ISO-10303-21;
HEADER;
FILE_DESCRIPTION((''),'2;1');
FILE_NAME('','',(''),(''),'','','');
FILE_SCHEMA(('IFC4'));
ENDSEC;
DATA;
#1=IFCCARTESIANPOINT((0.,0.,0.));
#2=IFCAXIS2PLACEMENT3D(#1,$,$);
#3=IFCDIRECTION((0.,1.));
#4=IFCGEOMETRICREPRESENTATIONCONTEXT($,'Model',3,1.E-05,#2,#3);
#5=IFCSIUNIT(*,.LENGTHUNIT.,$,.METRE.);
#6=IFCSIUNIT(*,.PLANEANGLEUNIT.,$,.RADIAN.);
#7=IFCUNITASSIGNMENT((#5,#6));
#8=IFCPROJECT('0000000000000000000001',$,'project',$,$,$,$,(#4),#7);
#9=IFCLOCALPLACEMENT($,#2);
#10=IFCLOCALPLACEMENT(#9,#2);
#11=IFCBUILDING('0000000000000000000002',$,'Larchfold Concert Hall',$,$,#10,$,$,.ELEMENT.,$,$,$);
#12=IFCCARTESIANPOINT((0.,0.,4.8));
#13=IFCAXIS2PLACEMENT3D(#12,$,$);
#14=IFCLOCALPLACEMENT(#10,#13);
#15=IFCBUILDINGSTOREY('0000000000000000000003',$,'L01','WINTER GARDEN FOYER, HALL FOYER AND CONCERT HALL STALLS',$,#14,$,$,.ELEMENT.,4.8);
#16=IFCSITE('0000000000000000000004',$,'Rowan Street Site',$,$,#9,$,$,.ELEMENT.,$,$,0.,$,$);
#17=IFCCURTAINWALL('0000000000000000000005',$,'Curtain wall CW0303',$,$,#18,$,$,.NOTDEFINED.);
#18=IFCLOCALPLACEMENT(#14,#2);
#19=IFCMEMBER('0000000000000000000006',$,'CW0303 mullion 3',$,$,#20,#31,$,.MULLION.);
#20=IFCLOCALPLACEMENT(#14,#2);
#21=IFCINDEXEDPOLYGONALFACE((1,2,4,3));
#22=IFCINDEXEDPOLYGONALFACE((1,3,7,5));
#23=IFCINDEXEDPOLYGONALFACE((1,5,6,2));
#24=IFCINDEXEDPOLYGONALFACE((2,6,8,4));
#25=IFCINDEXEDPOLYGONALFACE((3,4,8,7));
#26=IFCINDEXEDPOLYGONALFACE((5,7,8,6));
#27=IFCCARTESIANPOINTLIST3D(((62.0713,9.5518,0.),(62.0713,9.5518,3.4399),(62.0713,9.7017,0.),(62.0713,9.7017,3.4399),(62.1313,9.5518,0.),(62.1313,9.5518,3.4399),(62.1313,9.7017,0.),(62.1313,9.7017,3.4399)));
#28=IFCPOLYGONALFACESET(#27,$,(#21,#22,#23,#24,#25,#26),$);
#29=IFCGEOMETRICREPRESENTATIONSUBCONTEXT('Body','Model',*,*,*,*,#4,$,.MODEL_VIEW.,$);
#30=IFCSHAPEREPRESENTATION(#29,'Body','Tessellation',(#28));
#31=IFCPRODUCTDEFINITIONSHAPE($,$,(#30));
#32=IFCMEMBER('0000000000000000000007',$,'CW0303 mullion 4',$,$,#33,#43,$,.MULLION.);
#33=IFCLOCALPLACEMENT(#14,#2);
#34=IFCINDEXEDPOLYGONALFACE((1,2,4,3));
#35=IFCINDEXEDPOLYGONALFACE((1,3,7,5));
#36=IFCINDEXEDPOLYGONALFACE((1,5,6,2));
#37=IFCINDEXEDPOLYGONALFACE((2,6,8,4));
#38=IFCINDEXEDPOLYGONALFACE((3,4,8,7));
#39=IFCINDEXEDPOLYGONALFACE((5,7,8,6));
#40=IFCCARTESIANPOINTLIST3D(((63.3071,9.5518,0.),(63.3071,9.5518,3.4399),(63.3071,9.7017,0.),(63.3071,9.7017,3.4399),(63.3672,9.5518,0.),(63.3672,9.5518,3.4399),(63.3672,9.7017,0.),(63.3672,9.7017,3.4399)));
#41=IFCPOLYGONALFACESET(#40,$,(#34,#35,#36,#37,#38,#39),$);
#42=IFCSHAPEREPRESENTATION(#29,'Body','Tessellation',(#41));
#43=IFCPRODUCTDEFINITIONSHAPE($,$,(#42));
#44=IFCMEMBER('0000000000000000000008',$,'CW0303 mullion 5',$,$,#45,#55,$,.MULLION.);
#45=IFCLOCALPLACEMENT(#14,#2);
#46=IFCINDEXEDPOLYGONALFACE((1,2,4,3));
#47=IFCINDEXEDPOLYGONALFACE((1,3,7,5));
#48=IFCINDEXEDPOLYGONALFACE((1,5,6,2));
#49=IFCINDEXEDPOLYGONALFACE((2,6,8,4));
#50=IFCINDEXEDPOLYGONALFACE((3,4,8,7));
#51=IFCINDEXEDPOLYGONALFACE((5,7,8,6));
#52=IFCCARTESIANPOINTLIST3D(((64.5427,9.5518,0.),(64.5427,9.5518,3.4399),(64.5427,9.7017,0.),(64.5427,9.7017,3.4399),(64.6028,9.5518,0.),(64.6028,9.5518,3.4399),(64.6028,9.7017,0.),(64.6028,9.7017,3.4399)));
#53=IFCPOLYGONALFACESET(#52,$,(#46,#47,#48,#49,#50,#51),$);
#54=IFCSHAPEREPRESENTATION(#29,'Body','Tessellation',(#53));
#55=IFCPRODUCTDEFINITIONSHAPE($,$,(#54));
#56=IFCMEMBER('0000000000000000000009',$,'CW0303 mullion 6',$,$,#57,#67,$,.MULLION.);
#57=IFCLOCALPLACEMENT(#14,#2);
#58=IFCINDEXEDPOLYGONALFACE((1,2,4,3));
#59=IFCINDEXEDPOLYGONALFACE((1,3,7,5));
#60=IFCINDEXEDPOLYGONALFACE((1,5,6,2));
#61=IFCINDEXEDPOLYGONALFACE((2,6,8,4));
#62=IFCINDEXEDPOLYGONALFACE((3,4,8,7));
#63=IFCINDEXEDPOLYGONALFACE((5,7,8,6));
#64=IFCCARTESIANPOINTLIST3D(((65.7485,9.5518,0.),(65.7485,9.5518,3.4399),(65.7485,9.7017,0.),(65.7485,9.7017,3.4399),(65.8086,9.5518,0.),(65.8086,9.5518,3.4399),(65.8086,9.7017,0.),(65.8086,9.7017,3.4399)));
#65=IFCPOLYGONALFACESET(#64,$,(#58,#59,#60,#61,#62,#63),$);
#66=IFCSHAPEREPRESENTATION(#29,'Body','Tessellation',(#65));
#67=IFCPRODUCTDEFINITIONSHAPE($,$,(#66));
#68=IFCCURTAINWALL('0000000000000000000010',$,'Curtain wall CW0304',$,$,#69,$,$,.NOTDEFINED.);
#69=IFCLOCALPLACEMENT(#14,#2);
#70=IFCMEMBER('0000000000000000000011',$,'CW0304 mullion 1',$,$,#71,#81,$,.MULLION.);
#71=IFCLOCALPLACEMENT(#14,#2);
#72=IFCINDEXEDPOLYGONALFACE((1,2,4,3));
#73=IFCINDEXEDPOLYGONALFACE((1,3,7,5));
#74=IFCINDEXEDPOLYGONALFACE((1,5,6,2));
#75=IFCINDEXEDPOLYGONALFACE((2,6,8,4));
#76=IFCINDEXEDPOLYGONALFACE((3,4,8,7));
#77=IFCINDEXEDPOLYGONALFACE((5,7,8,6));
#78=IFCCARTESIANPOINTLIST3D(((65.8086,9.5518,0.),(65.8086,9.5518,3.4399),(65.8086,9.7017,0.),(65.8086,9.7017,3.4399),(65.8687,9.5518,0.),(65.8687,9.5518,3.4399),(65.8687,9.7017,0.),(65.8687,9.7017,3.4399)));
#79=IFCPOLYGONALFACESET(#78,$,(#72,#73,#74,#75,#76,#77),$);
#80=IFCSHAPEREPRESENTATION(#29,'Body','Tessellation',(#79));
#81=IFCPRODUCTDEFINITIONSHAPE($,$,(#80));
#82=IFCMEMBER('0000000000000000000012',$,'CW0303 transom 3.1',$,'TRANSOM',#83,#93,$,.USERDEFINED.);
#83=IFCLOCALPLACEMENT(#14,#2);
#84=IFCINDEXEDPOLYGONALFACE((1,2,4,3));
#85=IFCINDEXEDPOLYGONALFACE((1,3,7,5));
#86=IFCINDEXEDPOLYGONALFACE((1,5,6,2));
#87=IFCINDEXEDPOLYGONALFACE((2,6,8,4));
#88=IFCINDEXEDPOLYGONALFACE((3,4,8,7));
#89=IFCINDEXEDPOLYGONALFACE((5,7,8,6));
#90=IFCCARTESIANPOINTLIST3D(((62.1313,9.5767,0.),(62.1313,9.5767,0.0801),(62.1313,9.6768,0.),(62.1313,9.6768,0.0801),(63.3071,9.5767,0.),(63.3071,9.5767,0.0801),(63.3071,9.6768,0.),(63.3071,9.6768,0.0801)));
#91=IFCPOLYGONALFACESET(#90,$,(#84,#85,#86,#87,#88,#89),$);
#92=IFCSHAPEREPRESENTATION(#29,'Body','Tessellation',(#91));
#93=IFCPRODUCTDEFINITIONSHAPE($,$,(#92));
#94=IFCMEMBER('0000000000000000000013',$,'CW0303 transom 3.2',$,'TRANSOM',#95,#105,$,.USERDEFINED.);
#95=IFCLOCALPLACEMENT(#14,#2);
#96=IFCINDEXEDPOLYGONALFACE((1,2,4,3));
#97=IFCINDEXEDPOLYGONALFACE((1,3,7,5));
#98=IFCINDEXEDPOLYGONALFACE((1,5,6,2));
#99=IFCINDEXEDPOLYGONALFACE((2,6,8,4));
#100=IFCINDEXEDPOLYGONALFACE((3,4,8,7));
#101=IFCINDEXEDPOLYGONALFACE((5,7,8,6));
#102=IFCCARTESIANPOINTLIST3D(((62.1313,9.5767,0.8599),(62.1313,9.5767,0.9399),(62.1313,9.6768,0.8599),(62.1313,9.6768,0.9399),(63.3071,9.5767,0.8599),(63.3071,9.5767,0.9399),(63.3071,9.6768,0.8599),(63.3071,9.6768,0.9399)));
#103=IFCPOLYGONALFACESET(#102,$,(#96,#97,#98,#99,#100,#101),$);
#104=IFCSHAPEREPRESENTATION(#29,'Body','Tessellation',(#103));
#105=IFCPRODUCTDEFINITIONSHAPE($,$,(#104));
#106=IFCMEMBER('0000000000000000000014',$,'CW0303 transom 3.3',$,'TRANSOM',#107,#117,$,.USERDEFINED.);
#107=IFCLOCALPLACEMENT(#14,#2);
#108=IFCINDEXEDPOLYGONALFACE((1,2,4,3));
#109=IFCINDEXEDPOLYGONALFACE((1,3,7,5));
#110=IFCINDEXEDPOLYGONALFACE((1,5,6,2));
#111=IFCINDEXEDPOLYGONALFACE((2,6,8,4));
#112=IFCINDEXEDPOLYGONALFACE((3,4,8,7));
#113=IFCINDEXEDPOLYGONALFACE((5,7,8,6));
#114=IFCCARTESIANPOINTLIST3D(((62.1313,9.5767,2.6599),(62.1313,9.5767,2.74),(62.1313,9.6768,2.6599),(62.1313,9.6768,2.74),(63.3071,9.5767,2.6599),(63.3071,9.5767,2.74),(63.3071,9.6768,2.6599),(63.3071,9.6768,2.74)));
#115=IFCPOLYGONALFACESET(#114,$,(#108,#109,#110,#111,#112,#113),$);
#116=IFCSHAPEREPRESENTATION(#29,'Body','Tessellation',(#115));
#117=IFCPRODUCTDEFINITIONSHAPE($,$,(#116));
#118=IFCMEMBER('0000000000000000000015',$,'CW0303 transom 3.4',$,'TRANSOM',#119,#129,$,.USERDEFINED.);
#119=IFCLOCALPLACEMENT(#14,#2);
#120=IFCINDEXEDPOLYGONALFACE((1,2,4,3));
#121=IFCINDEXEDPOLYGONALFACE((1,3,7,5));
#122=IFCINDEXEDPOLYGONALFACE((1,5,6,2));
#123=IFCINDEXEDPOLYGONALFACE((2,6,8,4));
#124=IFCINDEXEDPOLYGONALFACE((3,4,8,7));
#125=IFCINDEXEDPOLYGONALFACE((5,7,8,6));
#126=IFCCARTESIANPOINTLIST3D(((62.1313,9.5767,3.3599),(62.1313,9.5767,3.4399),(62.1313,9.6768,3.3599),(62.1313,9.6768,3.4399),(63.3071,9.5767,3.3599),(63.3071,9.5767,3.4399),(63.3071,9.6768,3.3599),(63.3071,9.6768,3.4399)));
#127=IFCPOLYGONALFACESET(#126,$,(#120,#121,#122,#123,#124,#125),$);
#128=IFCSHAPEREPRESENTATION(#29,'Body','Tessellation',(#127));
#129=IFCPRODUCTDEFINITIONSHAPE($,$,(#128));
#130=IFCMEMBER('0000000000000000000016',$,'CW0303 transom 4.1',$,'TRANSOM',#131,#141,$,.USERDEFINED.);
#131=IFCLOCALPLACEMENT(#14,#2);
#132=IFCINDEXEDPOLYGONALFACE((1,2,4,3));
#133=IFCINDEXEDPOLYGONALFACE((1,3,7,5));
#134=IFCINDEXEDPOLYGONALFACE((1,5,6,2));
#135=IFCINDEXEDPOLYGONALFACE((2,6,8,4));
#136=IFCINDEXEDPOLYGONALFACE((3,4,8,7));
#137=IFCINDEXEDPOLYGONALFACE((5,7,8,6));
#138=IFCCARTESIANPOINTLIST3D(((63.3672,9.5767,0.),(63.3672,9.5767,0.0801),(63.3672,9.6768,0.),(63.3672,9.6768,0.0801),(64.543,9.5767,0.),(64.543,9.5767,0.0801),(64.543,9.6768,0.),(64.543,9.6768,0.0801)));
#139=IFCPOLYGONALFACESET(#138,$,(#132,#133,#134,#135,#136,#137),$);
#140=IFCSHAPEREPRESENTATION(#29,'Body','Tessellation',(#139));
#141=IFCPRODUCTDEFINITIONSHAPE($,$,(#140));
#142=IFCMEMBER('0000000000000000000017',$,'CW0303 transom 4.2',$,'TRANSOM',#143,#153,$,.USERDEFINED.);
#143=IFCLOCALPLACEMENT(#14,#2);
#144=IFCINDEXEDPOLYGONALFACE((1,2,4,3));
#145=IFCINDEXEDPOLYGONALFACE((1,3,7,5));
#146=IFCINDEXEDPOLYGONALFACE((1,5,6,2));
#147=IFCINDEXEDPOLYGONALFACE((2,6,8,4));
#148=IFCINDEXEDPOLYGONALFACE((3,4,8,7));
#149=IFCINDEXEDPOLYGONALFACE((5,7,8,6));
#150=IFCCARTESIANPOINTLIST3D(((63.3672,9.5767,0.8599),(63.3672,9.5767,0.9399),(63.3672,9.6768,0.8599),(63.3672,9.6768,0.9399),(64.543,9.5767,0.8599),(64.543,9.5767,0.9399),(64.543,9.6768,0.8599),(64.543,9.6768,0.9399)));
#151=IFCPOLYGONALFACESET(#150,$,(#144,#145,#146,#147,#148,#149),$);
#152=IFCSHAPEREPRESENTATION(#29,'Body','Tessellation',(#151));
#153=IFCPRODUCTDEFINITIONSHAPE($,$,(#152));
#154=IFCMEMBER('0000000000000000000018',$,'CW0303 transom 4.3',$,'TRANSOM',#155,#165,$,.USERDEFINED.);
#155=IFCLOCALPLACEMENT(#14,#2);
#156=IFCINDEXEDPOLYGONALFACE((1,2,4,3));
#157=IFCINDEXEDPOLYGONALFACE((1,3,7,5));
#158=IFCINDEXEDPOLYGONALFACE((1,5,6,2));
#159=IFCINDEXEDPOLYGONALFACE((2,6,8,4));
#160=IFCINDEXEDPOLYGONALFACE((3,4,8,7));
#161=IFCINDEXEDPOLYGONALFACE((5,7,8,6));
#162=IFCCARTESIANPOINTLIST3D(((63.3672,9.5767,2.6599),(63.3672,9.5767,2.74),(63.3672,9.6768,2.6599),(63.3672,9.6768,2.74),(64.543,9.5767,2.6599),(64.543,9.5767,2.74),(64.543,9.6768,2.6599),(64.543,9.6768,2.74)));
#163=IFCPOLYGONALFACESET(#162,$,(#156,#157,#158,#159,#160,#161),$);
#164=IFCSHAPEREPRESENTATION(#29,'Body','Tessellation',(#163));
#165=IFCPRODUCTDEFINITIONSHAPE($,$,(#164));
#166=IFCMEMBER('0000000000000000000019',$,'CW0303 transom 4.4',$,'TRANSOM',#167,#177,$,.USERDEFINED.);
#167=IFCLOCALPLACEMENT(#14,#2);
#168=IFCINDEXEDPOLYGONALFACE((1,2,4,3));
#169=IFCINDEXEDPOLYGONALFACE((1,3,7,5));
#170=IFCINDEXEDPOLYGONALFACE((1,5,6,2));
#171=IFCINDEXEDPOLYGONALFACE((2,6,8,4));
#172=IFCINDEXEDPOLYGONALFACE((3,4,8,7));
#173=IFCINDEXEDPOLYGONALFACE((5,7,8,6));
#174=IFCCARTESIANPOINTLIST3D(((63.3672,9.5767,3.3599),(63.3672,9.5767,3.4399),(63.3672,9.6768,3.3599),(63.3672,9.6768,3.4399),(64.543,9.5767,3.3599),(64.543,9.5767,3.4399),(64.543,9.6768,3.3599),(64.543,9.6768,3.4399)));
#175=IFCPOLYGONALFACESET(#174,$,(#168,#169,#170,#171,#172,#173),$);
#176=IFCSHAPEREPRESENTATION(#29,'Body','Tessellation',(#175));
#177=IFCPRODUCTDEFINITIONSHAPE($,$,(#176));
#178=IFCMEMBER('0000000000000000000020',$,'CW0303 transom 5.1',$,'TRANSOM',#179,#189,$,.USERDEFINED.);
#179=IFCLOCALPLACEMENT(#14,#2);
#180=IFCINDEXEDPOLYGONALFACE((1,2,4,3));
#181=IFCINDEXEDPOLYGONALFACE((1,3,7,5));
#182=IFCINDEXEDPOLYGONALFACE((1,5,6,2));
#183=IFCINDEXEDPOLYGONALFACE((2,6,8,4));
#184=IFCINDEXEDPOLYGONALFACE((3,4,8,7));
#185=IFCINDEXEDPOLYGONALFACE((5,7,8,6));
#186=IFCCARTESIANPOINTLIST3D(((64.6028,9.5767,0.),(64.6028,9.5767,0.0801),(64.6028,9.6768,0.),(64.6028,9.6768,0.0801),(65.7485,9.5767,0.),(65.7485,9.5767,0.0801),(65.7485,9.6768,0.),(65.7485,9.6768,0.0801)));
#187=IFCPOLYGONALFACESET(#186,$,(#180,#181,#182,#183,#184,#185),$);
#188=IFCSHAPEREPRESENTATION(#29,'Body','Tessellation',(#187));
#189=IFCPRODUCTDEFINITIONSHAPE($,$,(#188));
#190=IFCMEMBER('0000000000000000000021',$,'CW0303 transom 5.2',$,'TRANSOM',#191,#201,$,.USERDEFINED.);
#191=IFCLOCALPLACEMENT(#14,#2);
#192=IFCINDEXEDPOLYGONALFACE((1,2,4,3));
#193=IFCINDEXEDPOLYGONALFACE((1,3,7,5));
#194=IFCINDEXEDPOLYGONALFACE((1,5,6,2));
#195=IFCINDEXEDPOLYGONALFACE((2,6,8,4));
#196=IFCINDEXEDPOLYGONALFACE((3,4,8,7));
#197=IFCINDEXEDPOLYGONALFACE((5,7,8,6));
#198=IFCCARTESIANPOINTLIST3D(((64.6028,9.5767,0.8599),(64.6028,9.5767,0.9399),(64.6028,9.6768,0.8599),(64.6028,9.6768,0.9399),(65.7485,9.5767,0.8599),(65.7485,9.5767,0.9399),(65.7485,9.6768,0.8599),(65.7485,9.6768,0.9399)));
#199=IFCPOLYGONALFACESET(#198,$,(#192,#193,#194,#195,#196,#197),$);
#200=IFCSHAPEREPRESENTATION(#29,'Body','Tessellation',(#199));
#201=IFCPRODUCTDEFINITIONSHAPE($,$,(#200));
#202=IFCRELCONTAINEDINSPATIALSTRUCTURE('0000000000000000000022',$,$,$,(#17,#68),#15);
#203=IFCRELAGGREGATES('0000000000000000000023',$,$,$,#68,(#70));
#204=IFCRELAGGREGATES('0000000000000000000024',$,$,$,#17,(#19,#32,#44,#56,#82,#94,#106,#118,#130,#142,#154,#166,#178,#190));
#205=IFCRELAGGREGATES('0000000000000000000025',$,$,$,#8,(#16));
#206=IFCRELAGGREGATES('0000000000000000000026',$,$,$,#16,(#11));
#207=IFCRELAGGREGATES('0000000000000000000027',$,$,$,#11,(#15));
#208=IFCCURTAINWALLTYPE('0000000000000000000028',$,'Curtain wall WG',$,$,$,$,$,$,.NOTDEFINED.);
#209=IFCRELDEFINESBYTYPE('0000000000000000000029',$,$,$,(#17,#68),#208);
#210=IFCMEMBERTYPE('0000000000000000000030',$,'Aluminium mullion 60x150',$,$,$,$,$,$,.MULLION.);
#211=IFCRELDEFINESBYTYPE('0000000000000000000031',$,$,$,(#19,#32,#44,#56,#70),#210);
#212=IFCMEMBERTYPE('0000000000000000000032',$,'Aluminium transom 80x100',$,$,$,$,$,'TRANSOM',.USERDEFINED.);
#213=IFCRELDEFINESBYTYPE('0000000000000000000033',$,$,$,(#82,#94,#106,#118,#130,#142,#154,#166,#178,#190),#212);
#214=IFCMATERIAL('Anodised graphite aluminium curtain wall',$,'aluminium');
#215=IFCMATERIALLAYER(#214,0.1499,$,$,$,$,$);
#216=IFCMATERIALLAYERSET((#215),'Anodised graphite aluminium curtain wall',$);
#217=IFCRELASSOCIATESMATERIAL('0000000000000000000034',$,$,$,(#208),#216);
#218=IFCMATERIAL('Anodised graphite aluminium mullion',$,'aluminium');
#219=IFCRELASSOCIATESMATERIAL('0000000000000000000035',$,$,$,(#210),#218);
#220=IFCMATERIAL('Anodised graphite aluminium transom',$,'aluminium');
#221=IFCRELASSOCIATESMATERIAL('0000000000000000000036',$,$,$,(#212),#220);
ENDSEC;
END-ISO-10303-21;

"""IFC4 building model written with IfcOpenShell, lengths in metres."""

from ifc_helpers import new_model, si_unit, direction, frame, origin, origin_2d, place, context, subcontext, project, spatial, rectangle, extrude, material, layer, layer_set, material_profile, profile_set, type_object, element, aggregate, save


model = new_model("IFC4")

# Units and contexts
model_context = context("Model", 3, precision=1e-05, world=origin(), true_north=direction((0.0, 1.0)))
body_context = subcontext(model_context, "Body", "Model", "MODEL_VIEW")
ifc_project = project(units=[si_unit("LENGTHUNIT", "METRE"), si_unit("PLANEANGLEUNIT", "RADIAN")], contexts=[model_context])

# Site, building, storey
site_placement = place(None, origin())
site = spatial("IfcSite", under=ifc_project, at=site_placement, Name="Rowan Street Site", CompositionType="ELEMENT", RefElevation=0.0)
building_placement = place(site_placement, origin())
building = spatial("IfcBuilding", under=site, at=building_placement, Name="Larchfold Concert Hall", CompositionType="ELEMENT")
storey_placement = place(building_placement, frame((0.0, 0.0, 4.8)))
storey = spatial("IfcBuildingStorey", under=building, at=storey_placement, Name="L01", Description="WINTER GARDEN FOYER, HALL FOYER AND CONCERT HALL STALLS", CompositionType="ELEMENT", Elevation=4.8)

# Curtain wall, members
ifc_material_1 = material(Name="Anodised graphite aluminium curtain wall", Category="aluminium")
ifc_layer_1 = layer(ifc_material_1, 0.1499)
ifc_layer_set_1 = layer_set([ifc_layer_1], Name="Anodised graphite aluminium curtain wall")
curtain_wall_type = type_object("IfcCurtainWallType", Name="Curtain wall WG", PredefinedType="NOTDEFINED", material=ifc_layer_set_1)
curtain_wall_1_placement = place(storey_placement, origin())
curtain_wall_1 = element("IfcCurtainWall", 1, at=curtain_wall_1_placement, inside=storey, type_object=curtain_wall_type, Name="Curtain wall CW0303", PredefinedType="NOTDEFINED")
ifc_material_2 = material(Name="Anodised graphite aluminium mullion", Category="aluminium")
ifc_material_profile_1 = material_profile(ifc_material_2, rectangle(XDim=0.1499, YDim=0.0601, at=origin_2d()))
ifc_profile_set_1 = profile_set([ifc_material_profile_1], Name="Anodised graphite aluminium mullion")
member_type_1 = type_object("IfcMemberType", Name="Aluminium mullion 60x150", PredefinedType="MULLION", material=ifc_profile_set_1)
member_1_placement = place(storey_placement, frame((62.1013, 9.6267, 0.0), z_axis=(0.0, 0.0, 1.0), x_axis=(0.0, 1.0, 0.0)))
member_1 = element("IfcMember", 2, at=member_1_placement, type_object=member_type_1, Name="CW0303 mullion 3", PredefinedType="MULLION", context=body_context, shape_type="SweptSolid", body=[
    extrude(rectangle(XDim=0.1499, YDim=0.0601, at=origin_2d()), origin(), (0.0, 0.0, 1.0), 3.4399),
])
member_2_placement = place(storey_placement, frame((63.3372, 9.6267, 0.0), z_axis=(0.0, 0.0, 1.0), x_axis=(0.0, 1.0, 0.0)))
member_2 = element("IfcMember", 3, at=member_2_placement, type_object=member_type_1, Name="CW0303 mullion 4", PredefinedType="MULLION", context=body_context, shape_type="SweptSolid", body=[
    extrude(rectangle(XDim=0.1499, YDim=0.0601, at=origin_2d()), origin(), (0.0, 0.0, 1.0), 3.4399),
])
member_3_placement = place(storey_placement, frame((64.5728, 9.6267, 0.0), z_axis=(0.0, 0.0, 1.0), x_axis=(0.0, 1.0, 0.0)))
member_3 = element("IfcMember", 4, at=member_3_placement, type_object=member_type_1, Name="CW0303 mullion 5", PredefinedType="MULLION", context=body_context, shape_type="SweptSolid", body=[
    extrude(rectangle(XDim=0.1499, YDim=0.0601, at=origin_2d()), origin(), (0.0, 0.0, 1.0), 3.4399),
])
member_4_placement = place(storey_placement, frame((65.7786, 9.6267, 0.0), z_axis=(0.0, 0.0, 1.0), x_axis=(0.0, 1.0, 0.0)))
member_4 = element("IfcMember", 5, at=member_4_placement, type_object=member_type_1, Name="CW0303 mullion 6", PredefinedType="MULLION", context=body_context, shape_type="SweptSolid", body=[
    extrude(rectangle(XDim=0.1499, YDim=0.0601, at=origin_2d()), origin(), (0.0, 0.0, 1.0), 3.4399),
])

# Curtain wall, member
curtain_wall_2_placement = place(storey_placement, origin())
curtain_wall_2 = element("IfcCurtainWall", 6, at=curtain_wall_2_placement, inside=storey, type_object=curtain_wall_type, Name="Curtain wall CW0304", PredefinedType="NOTDEFINED")
member_5_placement = place(storey_placement, frame((65.8386, 9.6267, 0.0), z_axis=(0.0, 0.0, 1.0), x_axis=(0.0, 1.0, 0.0)))
member_5 = element("IfcMember", 7, at=member_5_placement, type_object=member_type_1, Name="CW0304 mullion 1", PredefinedType="MULLION", context=body_context, shape_type="SweptSolid", body=[
    extrude(rectangle(XDim=0.1499, YDim=0.0601, at=origin_2d()), origin(), (0.0, 0.0, 1.0), 3.4399),
])

# Members
ifc_material_3 = material(Name="Anodised graphite aluminium transom", Category="aluminium")
ifc_material_profile_2 = material_profile(ifc_material_3, rectangle(XDim=0.1001, YDim=0.0801, at=origin_2d()))
ifc_profile_set_2 = profile_set([ifc_material_profile_2], Name="Anodised graphite aluminium transom")
member_type_2 = type_object("IfcMemberType", Name="Aluminium transom 80x100", ElementType="TRANSOM", PredefinedType="USERDEFINED", material=ifc_profile_set_2)
member_6_placement = place(storey_placement, frame((62.1313, 9.6267, 0.04), z_axis=(1.0, 0.0, 0.0), x_axis=(0.0, 1.0, 0.0)))
member_6 = element("IfcMember", 8, at=member_6_placement, type_object=member_type_2, Name="CW0303 transom 3.1", ObjectType="TRANSOM", PredefinedType="USERDEFINED", context=body_context, shape_type="SweptSolid", body=[
    extrude(rectangle(XDim=0.1001, YDim=0.0801, at=origin_2d()), origin(), (0.0, 0.0, 1.0), 1.1758),
])
member_7_placement = place(storey_placement, frame((62.1313, 9.6267, 0.8999), z_axis=(1.0, 0.0, 0.0), x_axis=(0.0, 1.0, 0.0)))
member_7 = element("IfcMember", 9, at=member_7_placement, type_object=member_type_2, Name="CW0303 transom 3.2", ObjectType="TRANSOM", PredefinedType="USERDEFINED", context=body_context, shape_type="SweptSolid", body=[
    extrude(rectangle(XDim=0.1001, YDim=0.0801, at=origin_2d()), origin(), (0.0, 0.0, 1.0), 1.1758),
])
member_8_placement = place(storey_placement, frame((62.1313, 9.6267, 2.7), z_axis=(1.0, 0.0, 0.0), x_axis=(0.0, 1.0, 0.0)))
member_8 = element("IfcMember", 10, at=member_8_placement, type_object=member_type_2, Name="CW0303 transom 3.3", ObjectType="TRANSOM", PredefinedType="USERDEFINED", context=body_context, shape_type="SweptSolid", body=[
    extrude(rectangle(XDim=0.1001, YDim=0.0801, at=origin_2d()), origin(), (0.0, 0.0, 1.0), 1.1758),
])
member_9_placement = place(storey_placement, frame((62.1313, 9.6267, 3.3999), z_axis=(1.0, 0.0, 0.0), x_axis=(0.0, 1.0, 0.0)))
member_9 = element("IfcMember", 11, at=member_9_placement, type_object=member_type_2, Name="CW0303 transom 3.4", ObjectType="TRANSOM", PredefinedType="USERDEFINED", context=body_context, shape_type="SweptSolid", body=[
    extrude(rectangle(XDim=0.1001, YDim=0.0801, at=origin_2d()), origin(), (0.0, 0.0, 1.0), 1.1758),
])
member_10_placement = place(storey_placement, frame((63.3672, 9.6267, 0.04), z_axis=(1.0, 0.0, 0.0), x_axis=(0.0, 1.0, 0.0)))
member_10 = element("IfcMember", 12, at=member_10_placement, type_object=member_type_2, Name="CW0303 transom 4.1", ObjectType="TRANSOM", PredefinedType="USERDEFINED", context=body_context, shape_type="SweptSolid", body=[
    extrude(rectangle(XDim=0.1001, YDim=0.0801, at=origin_2d()), origin(), (0.0, 0.0, 1.0), 1.1758),
])
member_11_placement = place(storey_placement, frame((63.3672, 9.6267, 0.8999), z_axis=(1.0, 0.0, 0.0), x_axis=(0.0, 1.0, 0.0)))
member_11 = element("IfcMember", 13, at=member_11_placement, type_object=member_type_2, Name="CW0303 transom 4.2", ObjectType="TRANSOM", PredefinedType="USERDEFINED", context=body_context, shape_type="SweptSolid", body=[
    extrude(rectangle(XDim=0.1001, YDim=0.0801, at=origin_2d()), origin(), (0.0, 0.0, 1.0), 1.1758),
])
member_12_placement = place(storey_placement, frame((63.3672, 9.6267, 2.7), z_axis=(1.0, 0.0, 0.0), x_axis=(0.0, 1.0, 0.0)))
member_12 = element("IfcMember", 14, at=member_12_placement, type_object=member_type_2, Name="CW0303 transom 4.3", ObjectType="TRANSOM", PredefinedType="USERDEFINED", context=body_context, shape_type="SweptSolid", body=[
    extrude(rectangle(XDim=0.1001, YDim=0.0801, at=origin_2d()), origin(), (0.0, 0.0, 1.0), 1.1758),
])
member_13_placement = place(storey_placement, frame((63.3672, 9.6267, 3.3999), z_axis=(1.0, 0.0, 0.0), x_axis=(0.0, 1.0, 0.0)))
member_13 = element("IfcMember", 15, at=member_13_placement, type_object=member_type_2, Name="CW0303 transom 4.4", ObjectType="TRANSOM", PredefinedType="USERDEFINED", context=body_context, shape_type="SweptSolid", body=[
    extrude(rectangle(XDim=0.1001, YDim=0.0801, at=origin_2d()), origin(), (0.0, 0.0, 1.0), 1.1758),
])
member_14_placement = place(storey_placement, frame((64.6028, 9.6267, 0.04), z_axis=(1.0, 0.0, 0.0), x_axis=(0.0, 1.0, 0.0)))
member_14 = element("IfcMember", 16, at=member_14_placement, type_object=member_type_2, Name="CW0303 transom 5.1", ObjectType="TRANSOM", PredefinedType="USERDEFINED", context=body_context, shape_type="SweptSolid", body=[
    extrude(rectangle(XDim=0.1001, YDim=0.0801, at=origin_2d()), origin(), (0.0, 0.0, 1.0), 1.1458),
])
member_15_placement = place(storey_placement, frame((64.6028, 9.6267, 0.8999), z_axis=(1.0, 0.0, 0.0), x_axis=(0.0, 1.0, 0.0)))
member_15 = element("IfcMember", 17, at=member_15_placement, type_object=member_type_2, Name="CW0303 transom 5.2", ObjectType="TRANSOM", PredefinedType="USERDEFINED", context=body_context, shape_type="SweptSolid", body=[
    extrude(rectangle(XDim=0.1001, YDim=0.0801, at=origin_2d()), origin(), (0.0, 0.0, 1.0), 1.1458),
])
aggregate(curtain_wall_2, [member_5])

aggregate(curtain_wall_1, [member_1, member_2, member_3, member_4, member_6, member_7, member_8, member_9, member_10, member_11, member_12, member_13, member_14, member_15])

save(model, "model.ifc")
